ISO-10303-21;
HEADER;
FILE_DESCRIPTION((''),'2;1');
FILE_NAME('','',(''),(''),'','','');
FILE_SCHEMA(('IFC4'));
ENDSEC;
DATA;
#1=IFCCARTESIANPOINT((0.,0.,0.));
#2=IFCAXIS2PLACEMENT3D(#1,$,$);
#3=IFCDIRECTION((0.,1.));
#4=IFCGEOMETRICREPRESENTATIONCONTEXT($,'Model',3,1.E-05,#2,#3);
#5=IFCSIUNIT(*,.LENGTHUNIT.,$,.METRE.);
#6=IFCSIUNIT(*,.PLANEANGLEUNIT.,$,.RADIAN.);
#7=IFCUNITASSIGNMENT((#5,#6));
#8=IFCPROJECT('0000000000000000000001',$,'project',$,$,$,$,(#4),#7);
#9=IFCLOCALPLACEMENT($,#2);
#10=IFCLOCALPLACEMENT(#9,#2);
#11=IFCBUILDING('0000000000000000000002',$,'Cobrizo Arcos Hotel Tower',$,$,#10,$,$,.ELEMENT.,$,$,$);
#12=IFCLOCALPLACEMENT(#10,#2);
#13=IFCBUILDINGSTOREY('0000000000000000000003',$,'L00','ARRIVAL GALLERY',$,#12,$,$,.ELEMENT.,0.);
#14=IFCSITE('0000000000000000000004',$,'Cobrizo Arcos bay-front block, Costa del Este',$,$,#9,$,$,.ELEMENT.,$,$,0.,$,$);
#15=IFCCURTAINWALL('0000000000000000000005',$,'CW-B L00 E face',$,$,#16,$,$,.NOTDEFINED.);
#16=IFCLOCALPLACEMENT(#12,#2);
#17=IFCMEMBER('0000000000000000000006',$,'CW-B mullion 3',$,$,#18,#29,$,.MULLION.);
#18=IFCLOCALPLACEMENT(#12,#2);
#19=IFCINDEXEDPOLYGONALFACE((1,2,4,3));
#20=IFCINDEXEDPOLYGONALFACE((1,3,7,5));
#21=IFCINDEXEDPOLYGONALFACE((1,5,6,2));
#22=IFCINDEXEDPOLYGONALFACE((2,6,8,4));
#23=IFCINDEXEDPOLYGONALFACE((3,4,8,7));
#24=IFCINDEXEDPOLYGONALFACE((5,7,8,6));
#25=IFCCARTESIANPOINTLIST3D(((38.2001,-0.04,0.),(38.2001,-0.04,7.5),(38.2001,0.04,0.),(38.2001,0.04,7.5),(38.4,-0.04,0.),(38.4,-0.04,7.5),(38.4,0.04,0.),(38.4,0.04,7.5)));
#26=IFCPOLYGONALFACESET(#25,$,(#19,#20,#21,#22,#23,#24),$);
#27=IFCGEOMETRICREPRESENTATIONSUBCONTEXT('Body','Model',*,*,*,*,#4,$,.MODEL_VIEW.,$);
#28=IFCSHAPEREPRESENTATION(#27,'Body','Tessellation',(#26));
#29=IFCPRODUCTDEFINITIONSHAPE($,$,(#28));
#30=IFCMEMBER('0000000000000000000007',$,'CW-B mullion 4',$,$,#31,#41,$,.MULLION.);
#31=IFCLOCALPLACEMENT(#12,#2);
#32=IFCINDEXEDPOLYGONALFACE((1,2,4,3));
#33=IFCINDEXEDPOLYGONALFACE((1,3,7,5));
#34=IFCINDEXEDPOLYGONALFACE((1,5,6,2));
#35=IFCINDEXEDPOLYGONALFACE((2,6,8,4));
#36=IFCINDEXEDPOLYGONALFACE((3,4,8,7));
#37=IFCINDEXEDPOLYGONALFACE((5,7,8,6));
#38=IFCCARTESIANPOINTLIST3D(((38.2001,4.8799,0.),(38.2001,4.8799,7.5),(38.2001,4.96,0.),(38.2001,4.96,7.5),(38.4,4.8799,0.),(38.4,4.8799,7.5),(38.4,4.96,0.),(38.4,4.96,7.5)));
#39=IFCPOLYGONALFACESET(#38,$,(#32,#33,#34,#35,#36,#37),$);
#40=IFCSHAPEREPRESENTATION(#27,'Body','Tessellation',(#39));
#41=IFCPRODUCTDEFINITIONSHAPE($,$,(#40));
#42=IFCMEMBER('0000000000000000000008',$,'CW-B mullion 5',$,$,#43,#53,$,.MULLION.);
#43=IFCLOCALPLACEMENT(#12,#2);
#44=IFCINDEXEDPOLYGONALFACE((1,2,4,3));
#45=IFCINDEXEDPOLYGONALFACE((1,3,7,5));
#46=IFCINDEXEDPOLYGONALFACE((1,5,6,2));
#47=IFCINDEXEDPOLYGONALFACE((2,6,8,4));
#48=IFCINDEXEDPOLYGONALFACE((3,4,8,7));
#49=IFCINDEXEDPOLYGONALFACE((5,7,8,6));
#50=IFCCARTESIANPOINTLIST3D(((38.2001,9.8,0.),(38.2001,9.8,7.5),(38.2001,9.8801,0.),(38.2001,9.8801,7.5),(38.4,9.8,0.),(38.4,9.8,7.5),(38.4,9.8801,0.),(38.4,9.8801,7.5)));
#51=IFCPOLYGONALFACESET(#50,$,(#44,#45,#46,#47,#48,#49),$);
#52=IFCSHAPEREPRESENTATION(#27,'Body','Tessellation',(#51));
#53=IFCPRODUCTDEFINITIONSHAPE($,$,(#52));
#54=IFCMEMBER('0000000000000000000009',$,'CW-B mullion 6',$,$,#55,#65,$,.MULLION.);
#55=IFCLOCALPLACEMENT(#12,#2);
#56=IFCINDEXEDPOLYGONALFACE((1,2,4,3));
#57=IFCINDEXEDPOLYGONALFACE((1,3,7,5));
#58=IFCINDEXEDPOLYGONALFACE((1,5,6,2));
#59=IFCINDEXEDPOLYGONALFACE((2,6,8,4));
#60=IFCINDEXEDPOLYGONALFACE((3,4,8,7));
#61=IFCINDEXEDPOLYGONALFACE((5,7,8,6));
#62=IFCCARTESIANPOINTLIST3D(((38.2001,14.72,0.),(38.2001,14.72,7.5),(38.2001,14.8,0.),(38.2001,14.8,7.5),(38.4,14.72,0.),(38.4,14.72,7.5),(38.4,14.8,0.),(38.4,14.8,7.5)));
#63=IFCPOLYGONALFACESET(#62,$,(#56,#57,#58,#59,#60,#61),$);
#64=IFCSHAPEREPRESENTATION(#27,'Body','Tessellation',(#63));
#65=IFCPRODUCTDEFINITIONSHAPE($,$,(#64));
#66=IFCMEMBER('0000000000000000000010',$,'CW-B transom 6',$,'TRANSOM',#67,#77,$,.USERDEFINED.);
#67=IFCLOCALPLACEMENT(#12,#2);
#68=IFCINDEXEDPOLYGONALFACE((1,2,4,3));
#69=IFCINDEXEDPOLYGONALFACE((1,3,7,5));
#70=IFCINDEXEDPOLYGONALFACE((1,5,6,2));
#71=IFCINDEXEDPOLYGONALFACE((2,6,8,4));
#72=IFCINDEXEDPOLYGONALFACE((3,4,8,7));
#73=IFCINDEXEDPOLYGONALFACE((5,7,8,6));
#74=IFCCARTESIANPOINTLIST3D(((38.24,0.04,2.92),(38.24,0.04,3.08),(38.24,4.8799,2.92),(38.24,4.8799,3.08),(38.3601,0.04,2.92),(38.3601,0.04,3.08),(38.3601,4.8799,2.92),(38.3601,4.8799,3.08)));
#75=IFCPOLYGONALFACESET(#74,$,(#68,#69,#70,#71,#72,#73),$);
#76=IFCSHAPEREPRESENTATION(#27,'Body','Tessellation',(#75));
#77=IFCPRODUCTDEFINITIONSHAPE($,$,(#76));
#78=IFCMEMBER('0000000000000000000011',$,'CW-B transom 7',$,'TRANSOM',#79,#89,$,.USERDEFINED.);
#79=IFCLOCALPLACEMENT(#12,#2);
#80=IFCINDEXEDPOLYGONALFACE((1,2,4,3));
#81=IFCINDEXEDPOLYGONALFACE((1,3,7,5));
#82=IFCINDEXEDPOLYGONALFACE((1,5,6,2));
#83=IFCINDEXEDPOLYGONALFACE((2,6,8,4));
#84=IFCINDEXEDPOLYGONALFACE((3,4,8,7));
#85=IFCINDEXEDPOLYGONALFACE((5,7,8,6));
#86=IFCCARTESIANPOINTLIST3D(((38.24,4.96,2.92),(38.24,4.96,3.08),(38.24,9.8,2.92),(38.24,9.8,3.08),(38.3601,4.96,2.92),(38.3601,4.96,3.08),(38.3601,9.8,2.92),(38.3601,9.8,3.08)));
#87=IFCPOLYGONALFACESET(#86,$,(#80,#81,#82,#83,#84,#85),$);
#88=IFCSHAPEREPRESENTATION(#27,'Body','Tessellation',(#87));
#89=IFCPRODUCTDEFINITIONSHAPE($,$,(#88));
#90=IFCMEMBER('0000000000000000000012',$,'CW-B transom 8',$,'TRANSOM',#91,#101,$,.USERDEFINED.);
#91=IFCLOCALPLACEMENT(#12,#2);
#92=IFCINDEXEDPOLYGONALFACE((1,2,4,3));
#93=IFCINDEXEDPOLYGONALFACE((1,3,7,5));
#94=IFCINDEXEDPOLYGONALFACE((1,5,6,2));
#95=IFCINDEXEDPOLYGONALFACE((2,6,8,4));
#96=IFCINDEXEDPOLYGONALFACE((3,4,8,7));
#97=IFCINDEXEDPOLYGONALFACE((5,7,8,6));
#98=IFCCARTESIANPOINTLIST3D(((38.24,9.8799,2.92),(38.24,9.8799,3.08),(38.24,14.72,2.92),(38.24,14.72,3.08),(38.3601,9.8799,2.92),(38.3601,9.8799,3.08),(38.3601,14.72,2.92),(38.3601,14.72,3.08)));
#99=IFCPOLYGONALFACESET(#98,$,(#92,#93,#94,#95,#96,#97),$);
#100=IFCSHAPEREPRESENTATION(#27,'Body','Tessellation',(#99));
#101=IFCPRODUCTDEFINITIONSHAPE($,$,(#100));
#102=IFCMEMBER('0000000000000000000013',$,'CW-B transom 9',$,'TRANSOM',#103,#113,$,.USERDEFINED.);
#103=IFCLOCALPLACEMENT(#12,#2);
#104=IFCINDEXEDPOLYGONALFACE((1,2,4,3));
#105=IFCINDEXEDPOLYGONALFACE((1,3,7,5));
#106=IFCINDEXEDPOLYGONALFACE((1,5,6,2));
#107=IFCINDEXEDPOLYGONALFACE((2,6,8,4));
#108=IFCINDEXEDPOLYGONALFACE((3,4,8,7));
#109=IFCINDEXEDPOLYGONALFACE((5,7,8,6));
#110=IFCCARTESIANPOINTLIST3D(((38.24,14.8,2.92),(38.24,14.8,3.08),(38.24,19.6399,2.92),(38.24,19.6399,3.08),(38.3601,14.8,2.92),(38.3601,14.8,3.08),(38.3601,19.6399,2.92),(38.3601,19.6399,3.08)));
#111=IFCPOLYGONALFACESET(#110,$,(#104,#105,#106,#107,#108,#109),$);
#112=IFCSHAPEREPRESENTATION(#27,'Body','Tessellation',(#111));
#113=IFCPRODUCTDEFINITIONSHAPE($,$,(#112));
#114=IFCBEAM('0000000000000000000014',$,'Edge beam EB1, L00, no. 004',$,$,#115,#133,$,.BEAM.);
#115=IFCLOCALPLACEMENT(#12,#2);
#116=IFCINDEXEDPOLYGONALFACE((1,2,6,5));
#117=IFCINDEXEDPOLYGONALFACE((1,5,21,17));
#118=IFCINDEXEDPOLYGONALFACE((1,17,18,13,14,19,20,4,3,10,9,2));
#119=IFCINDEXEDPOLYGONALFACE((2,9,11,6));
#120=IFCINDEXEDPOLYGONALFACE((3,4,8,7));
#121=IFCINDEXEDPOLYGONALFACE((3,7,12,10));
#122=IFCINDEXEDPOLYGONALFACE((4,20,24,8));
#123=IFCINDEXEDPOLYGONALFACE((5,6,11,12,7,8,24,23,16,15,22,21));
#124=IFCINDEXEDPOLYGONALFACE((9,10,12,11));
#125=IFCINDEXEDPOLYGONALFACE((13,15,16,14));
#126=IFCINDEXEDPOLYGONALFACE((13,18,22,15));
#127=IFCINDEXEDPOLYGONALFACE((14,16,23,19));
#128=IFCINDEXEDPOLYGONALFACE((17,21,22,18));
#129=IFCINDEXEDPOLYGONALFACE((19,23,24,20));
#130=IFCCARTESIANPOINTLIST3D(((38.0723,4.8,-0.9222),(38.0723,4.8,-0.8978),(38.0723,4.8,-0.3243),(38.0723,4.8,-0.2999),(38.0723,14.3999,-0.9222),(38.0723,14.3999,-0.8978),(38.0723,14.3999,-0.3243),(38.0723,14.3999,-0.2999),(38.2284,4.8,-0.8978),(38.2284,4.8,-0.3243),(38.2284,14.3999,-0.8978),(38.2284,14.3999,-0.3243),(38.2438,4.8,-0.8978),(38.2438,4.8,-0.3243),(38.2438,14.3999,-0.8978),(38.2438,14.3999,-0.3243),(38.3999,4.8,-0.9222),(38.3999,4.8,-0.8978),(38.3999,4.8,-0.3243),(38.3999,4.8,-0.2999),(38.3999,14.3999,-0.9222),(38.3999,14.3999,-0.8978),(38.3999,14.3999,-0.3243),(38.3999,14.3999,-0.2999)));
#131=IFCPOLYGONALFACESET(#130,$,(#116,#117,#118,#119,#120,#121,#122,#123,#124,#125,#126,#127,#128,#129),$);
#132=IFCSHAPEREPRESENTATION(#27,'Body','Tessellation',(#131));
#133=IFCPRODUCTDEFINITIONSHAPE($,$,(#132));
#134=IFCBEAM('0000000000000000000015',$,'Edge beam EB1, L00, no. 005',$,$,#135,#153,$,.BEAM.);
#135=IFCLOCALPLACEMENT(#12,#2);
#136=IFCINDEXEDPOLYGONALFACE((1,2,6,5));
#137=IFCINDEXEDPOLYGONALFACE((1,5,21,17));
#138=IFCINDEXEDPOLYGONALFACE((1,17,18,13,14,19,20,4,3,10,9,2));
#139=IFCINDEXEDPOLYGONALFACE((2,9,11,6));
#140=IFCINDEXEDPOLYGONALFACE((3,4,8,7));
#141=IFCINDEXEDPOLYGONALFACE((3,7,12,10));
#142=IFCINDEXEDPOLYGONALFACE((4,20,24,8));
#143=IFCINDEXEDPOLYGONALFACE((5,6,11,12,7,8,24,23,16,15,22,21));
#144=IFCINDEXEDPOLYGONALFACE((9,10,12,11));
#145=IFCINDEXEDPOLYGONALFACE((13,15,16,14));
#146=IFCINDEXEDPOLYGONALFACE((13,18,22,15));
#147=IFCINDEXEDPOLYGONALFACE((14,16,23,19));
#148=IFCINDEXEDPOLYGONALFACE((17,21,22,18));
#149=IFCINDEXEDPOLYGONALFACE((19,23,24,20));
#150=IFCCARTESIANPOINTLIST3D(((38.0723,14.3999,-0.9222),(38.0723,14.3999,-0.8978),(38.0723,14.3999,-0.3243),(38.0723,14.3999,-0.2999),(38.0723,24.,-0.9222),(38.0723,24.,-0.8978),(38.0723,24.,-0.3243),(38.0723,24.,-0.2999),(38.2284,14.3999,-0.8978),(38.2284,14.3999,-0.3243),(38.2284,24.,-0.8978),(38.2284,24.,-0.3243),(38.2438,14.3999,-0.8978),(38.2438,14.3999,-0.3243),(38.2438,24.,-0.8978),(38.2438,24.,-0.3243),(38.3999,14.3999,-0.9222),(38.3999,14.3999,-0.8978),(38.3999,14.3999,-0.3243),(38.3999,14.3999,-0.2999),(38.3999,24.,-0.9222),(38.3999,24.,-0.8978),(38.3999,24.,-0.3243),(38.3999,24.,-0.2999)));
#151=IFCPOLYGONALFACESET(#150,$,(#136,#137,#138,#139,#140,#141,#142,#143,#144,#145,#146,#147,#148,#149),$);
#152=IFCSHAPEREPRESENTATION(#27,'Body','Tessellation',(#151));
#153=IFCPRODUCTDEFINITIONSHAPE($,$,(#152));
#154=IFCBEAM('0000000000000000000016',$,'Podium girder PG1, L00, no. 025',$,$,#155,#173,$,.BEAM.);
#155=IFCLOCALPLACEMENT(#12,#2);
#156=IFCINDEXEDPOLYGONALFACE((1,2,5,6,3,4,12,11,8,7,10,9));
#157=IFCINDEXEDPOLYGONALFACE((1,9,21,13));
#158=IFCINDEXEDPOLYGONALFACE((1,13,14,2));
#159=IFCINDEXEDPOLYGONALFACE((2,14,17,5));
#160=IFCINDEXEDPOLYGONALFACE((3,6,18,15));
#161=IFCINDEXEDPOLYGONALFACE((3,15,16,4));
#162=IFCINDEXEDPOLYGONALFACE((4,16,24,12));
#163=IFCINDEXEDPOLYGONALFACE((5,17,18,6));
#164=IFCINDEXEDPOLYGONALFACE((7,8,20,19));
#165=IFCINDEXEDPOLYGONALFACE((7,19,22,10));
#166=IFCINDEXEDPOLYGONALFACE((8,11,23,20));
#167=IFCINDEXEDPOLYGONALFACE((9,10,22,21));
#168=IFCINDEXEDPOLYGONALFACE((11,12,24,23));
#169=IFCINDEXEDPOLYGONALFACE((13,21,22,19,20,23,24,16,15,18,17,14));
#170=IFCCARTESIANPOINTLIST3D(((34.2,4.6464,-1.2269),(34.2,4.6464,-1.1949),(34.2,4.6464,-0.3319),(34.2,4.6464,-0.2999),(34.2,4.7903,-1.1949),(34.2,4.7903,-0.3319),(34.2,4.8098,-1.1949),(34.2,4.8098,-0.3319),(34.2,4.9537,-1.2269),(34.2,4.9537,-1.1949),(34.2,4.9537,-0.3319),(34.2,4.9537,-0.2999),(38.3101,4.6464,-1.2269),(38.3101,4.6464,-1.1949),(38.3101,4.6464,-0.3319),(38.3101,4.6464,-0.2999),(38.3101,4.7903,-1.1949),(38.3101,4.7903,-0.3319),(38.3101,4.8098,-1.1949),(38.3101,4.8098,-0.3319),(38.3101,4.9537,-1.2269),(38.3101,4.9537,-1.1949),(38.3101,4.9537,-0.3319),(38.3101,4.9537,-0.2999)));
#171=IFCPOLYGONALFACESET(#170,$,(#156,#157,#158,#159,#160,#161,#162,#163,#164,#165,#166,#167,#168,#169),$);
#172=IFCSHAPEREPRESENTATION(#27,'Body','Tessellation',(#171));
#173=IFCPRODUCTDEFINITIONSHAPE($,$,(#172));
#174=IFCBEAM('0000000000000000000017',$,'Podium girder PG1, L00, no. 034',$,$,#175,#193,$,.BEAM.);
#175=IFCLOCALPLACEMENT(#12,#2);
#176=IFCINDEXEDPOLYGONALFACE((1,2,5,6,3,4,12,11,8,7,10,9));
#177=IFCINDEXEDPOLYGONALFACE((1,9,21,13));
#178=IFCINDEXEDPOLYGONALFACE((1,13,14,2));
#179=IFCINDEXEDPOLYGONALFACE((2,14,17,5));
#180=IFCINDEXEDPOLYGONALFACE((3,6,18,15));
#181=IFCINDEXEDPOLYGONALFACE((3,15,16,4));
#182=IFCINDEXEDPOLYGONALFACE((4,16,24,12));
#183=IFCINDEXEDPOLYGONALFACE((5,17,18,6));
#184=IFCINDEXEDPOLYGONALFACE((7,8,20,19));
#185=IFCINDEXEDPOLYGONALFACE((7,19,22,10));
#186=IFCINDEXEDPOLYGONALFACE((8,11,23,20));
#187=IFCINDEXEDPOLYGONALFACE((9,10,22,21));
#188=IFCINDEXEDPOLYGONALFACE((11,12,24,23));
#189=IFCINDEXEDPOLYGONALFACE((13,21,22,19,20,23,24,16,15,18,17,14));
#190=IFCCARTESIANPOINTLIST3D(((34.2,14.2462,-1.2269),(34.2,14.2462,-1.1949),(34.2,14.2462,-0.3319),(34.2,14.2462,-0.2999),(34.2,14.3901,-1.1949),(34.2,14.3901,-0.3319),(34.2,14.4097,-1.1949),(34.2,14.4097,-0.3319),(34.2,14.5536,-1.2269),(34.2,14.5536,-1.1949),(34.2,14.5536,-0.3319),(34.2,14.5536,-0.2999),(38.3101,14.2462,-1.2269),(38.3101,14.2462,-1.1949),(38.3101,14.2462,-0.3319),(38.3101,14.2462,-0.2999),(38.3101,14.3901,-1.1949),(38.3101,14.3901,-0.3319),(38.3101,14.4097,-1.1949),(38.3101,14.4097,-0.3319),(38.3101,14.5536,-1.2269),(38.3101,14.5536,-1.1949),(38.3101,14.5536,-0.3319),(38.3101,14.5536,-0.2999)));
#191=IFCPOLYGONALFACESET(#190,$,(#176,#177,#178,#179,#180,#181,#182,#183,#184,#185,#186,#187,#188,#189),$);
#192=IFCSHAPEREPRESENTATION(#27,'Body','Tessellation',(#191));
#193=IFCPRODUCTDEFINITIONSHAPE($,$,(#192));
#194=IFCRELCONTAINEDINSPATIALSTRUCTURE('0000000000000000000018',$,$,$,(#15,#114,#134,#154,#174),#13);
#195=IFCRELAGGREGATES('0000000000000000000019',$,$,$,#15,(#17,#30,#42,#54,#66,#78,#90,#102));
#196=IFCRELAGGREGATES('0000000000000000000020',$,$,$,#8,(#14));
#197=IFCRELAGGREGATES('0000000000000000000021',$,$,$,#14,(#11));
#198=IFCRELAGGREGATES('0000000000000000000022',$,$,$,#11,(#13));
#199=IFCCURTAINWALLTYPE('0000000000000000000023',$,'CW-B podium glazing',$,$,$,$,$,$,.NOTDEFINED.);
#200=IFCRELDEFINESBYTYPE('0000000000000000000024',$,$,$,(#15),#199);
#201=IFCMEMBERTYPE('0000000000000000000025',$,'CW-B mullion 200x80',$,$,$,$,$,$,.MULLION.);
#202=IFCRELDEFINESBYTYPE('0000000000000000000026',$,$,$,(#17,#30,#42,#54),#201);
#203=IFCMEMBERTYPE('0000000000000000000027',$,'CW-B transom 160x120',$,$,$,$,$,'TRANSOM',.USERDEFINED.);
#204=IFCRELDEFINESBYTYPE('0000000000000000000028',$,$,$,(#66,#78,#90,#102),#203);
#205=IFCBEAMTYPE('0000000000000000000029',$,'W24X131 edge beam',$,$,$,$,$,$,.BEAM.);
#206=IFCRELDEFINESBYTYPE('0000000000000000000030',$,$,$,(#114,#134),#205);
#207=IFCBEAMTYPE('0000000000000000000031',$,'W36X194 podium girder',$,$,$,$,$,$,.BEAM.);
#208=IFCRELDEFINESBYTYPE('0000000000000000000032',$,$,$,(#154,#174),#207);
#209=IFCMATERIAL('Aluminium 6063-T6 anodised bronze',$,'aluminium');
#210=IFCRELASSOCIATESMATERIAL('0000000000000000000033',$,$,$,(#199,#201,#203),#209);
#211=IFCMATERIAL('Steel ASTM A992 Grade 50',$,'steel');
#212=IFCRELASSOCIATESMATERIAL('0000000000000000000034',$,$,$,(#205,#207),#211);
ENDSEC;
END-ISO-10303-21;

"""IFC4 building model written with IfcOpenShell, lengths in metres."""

from ifc_helpers import new_model, si_unit, direction, frame, origin, origin_2d, place, context, subcontext, project, spatial, rectangle, i_section, extrude, material, material_profile, profile_set, type_object, element, aggregate, save


model = new_model("IFC4")

# Units and contexts
model_context = context("Model", 3, precision=1e-05, world=origin(), true_north=direction((0.0, 1.0)))
body_context = subcontext(model_context, "Body", "Model", "MODEL_VIEW")
ifc_project = project(units=[si_unit("LENGTHUNIT", "METRE"), si_unit("PLANEANGLEUNIT", "RADIAN")], contexts=[model_context])

# Site, building, storey
site_placement = place(None, origin())
site = spatial("IfcSite", under=ifc_project, at=site_placement, Name="Cobrizo Arcos bay-front block, Costa del Este", CompositionType="ELEMENT", RefElevation=0.0)
building_placement = place(site_placement, origin())
building = spatial("IfcBuilding", under=site, at=building_placement, Name="Cobrizo Arcos Hotel Tower", CompositionType="ELEMENT")
storey_placement = place(building_placement, origin())
storey = spatial("IfcBuildingStorey", under=building, at=storey_placement, Name="L00", Description="ARRIVAL GALLERY", CompositionType="ELEMENT", Elevation=0.0)

# Curtain wall, members
ifc_material_1 = material(Name="Aluminium 6063-T6 anodised bronze", Category="aluminium")
curtain_wall_type = type_object("IfcCurtainWallType", Name="CW-B podium glazing", PredefinedType="NOTDEFINED", material=ifc_material_1)
curtain_wall_placement = place(storey_placement, origin())
curtain_wall = element("IfcCurtainWall", 1, at=curtain_wall_placement, inside=storey, type_object=curtain_wall_type, Name="CW-B L00 E face", PredefinedType="NOTDEFINED")
ifc_material_profile_1 = material_profile(ifc_material_1, rectangle(XDim=0.2, YDim=0.0801, at=origin_2d()), Name="CW-B mullion 200x80")
ifc_profile_set_1 = profile_set([ifc_material_profile_1], Name="Aluminium 6063-T6 anodised bronze")
member_type_1 = type_object("IfcMemberType", Name="CW-B mullion 200x80", PredefinedType="MULLION", material=ifc_profile_set_1)
member_1_placement = place(storey_placement, frame((38.3, 0.0, 0.0), z_axis=(0.0, 0.0, 1.0), x_axis=(1.0, 0.0, 0.0)))
member_1 = element("IfcMember", 2, at=member_1_placement, type_object=member_type_1, Name="CW-B mullion 3", PredefinedType="MULLION", context=body_context, shape_type="SweptSolid", body=[
    extrude(rectangle(XDim=0.2, YDim=0.0801, at=origin_2d()), origin(), (0.0, 0.0, 1.0), 7.5),
])
member_2_placement = place(storey_placement, frame((38.3, 4.9199, 0.0), z_axis=(0.0, 0.0, 1.0), x_axis=(1.0, 0.0, 0.0)))
member_2 = element("IfcMember", 3, at=member_2_placement, type_object=member_type_1, Name="CW-B mullion 4", PredefinedType="MULLION", context=body_context, shape_type="SweptSolid", body=[
    extrude(rectangle(XDim=0.2, YDim=0.0801, at=origin_2d()), origin(), (0.0, 0.0, 1.0), 7.5),
])
member_3_placement = place(storey_placement, frame((38.3, 9.8401, 0.0), z_axis=(0.0, 0.0, 1.0), x_axis=(1.0, 0.0, 0.0)))
member_3 = element("IfcMember", 4, at=member_3_placement, type_object=member_type_1, Name="CW-B mullion 5", PredefinedType="MULLION", context=body_context, shape_type="SweptSolid", body=[
    extrude(rectangle(XDim=0.2, YDim=0.0801, at=origin_2d()), origin(), (0.0, 0.0, 1.0), 7.5),
])
member_4_placement = place(storey_placement, frame((38.3, 14.76, 0.0), z_axis=(0.0, 0.0, 1.0), x_axis=(1.0, 0.0, 0.0)))
member_4 = element("IfcMember", 5, at=member_4_placement, type_object=member_type_1, Name="CW-B mullion 6", PredefinedType="MULLION", context=body_context, shape_type="SweptSolid", body=[
    extrude(rectangle(XDim=0.2, YDim=0.0801, at=origin_2d()), origin(), (0.0, 0.0, 1.0), 7.5),
])
ifc_material_profile_2 = material_profile(ifc_material_1, rectangle(XDim=0.1201, YDim=0.1599, at=origin_2d()), Name="CW-B transom 160x120")
ifc_profile_set_2 = profile_set([ifc_material_profile_2], Name="Aluminium 6063-T6 anodised bronze")
member_type_2 = type_object("IfcMemberType", Name="CW-B transom 160x120", ElementType="TRANSOM", PredefinedType="USERDEFINED", material=ifc_profile_set_2)
member_5_placement = place(storey_placement, frame((38.3, 0.04, 3.0), z_axis=(0.0, 1.0, 0.0), x_axis=(-1.0, 0.0, 0.0)))
member_5 = element("IfcMember", 6, at=member_5_placement, type_object=member_type_2, Name="CW-B transom 6", ObjectType="TRANSOM", PredefinedType="USERDEFINED", context=body_context, shape_type="SweptSolid", body=[
    extrude(rectangle(XDim=0.1201, YDim=0.1599, at=origin_2d()), origin(), (0.0, 0.0, 1.0), 4.8398),
])
member_6_placement = place(storey_placement, frame((38.3, 4.96, 3.0), z_axis=(0.0, 1.0, 0.0), x_axis=(-1.0, 0.0, 0.0)))
member_6 = element("IfcMember", 7, at=member_6_placement, type_object=member_type_2, Name="CW-B transom 7", ObjectType="TRANSOM", PredefinedType="USERDEFINED", context=body_context, shape_type="SweptSolid", body=[
    extrude(rectangle(XDim=0.1201, YDim=0.1599, at=origin_2d()), origin(), (0.0, 0.0, 1.0), 4.8401),
])
member_7_placement = place(storey_placement, frame((38.3, 9.8799, 3.0), z_axis=(0.0, 1.0, 0.0), x_axis=(-1.0, 0.0, 0.0)))
member_7 = element("IfcMember", 8, at=member_7_placement, type_object=member_type_2, Name="CW-B transom 8", ObjectType="TRANSOM", PredefinedType="USERDEFINED", context=body_context, shape_type="SweptSolid", body=[
    extrude(rectangle(XDim=0.1201, YDim=0.1599, at=origin_2d()), origin(), (0.0, 0.0, 1.0), 4.8401),
])
member_8_placement = place(storey_placement, frame((38.3, 14.8, 3.0), z_axis=(0.0, 1.0, 0.0), x_axis=(-1.0, 0.0, 0.0)))
member_8 = element("IfcMember", 9, at=member_8_placement, type_object=member_type_2, Name="CW-B transom 9", ObjectType="TRANSOM", PredefinedType="USERDEFINED", context=body_context, shape_type="SweptSolid", body=[
    extrude(rectangle(XDim=0.1201, YDim=0.1599, at=origin_2d()), origin(), (0.0, 0.0, 1.0), 4.8398),
])

# Beams
ifc_material_2 = material(Name="Steel ASTM A992 Grade 50", Category="steel")
ifc_material_profile_3 = material_profile(ifc_material_2, i_section(OverallWidth=0.3276, OverallDepth=0.6223, WebThickness=0.0154, FlangeThickness=0.0244, at=origin_2d()), Name="W24X131")
ifc_profile_set_3 = profile_set([ifc_material_profile_3], Name="Steel ASTM A992 Grade 50")
beam_type_1 = type_object("IfcBeamType", Name="W24X131 edge beam", PredefinedType="BEAM", material=ifc_profile_set_3)
beam_1_placement = place(storey_placement, frame((38.2361, 4.8, -0.6111), z_axis=(0.0, 1.0, 0.0), x_axis=(-1.0, 0.0, 0.0)))
element("IfcBeam", 10, at=beam_1_placement, inside=storey, type_object=beam_type_1, Name="Edge beam EB1, L00, no. 004", PredefinedType="BEAM", context=body_context, shape_type="SweptSolid", body=[
    extrude(i_section(OverallWidth=0.3276, OverallDepth=0.6223, WebThickness=0.0154, FlangeThickness=0.0244, at=origin_2d()), origin(), (0.0, 0.0, 1.0), 9.5999),
])
beam_2_placement = place(storey_placement, frame((38.2361, 14.3999, -0.6111), z_axis=(0.0, 1.0, 0.0), x_axis=(-1.0, 0.0, 0.0)))
element("IfcBeam", 11, at=beam_2_placement, inside=storey, type_object=beam_type_1, Name="Edge beam EB1, L00, no. 005", PredefinedType="BEAM", context=body_context, shape_type="SweptSolid", body=[
    extrude(i_section(OverallWidth=0.3276, OverallDepth=0.6223, WebThickness=0.0154, FlangeThickness=0.0244, at=origin_2d()), origin(), (0.0, 0.0, 1.0), 9.6001),
])
ifc_material_profile_4 = material_profile(ifc_material_2, i_section(OverallWidth=0.3074, OverallDepth=0.927, WebThickness=0.0195, FlangeThickness=0.032, at=origin_2d()), Name="W36X194")
ifc_profile_set_4 = profile_set([ifc_material_profile_4], Name="Steel ASTM A992 Grade 50")
beam_type_2 = type_object("IfcBeamType", Name="W36X194 podium girder", PredefinedType="BEAM", material=ifc_profile_set_4)
for number, where, z_axis, x_axis, name in (
    (12, (34.2, 4.8, -0.7634), (1.0, 0.0, 0.0), (0.0, 1.0, 0.0), "Podium girder PG1, L00, no. 025"),
    (13, (34.2, 14.3999, -0.7634), (1.0, 0.0, 0.0), (0.0, 1.0, 0.0), "Podium girder PG1, L00, no. 034"),
):
    element("IfcBeam", number, at=place(storey_placement, frame(where, z_axis=z_axis, x_axis=x_axis)), inside=storey, type_object=beam_type_2, Name=name, PredefinedType="BEAM", context=body_context, shape_type="SweptSolid", body=[
        extrude(i_section(OverallWidth=0.3074, OverallDepth=0.927, WebThickness=0.0195, FlangeThickness=0.032, at=origin_2d()), origin(), (0.0, 0.0, 1.0), 4.1101),
    ])

aggregate(curtain_wall, [member_1, member_2, member_3, member_4, member_5, member_6, member_7, member_8])

save(model, "model.ifc")
